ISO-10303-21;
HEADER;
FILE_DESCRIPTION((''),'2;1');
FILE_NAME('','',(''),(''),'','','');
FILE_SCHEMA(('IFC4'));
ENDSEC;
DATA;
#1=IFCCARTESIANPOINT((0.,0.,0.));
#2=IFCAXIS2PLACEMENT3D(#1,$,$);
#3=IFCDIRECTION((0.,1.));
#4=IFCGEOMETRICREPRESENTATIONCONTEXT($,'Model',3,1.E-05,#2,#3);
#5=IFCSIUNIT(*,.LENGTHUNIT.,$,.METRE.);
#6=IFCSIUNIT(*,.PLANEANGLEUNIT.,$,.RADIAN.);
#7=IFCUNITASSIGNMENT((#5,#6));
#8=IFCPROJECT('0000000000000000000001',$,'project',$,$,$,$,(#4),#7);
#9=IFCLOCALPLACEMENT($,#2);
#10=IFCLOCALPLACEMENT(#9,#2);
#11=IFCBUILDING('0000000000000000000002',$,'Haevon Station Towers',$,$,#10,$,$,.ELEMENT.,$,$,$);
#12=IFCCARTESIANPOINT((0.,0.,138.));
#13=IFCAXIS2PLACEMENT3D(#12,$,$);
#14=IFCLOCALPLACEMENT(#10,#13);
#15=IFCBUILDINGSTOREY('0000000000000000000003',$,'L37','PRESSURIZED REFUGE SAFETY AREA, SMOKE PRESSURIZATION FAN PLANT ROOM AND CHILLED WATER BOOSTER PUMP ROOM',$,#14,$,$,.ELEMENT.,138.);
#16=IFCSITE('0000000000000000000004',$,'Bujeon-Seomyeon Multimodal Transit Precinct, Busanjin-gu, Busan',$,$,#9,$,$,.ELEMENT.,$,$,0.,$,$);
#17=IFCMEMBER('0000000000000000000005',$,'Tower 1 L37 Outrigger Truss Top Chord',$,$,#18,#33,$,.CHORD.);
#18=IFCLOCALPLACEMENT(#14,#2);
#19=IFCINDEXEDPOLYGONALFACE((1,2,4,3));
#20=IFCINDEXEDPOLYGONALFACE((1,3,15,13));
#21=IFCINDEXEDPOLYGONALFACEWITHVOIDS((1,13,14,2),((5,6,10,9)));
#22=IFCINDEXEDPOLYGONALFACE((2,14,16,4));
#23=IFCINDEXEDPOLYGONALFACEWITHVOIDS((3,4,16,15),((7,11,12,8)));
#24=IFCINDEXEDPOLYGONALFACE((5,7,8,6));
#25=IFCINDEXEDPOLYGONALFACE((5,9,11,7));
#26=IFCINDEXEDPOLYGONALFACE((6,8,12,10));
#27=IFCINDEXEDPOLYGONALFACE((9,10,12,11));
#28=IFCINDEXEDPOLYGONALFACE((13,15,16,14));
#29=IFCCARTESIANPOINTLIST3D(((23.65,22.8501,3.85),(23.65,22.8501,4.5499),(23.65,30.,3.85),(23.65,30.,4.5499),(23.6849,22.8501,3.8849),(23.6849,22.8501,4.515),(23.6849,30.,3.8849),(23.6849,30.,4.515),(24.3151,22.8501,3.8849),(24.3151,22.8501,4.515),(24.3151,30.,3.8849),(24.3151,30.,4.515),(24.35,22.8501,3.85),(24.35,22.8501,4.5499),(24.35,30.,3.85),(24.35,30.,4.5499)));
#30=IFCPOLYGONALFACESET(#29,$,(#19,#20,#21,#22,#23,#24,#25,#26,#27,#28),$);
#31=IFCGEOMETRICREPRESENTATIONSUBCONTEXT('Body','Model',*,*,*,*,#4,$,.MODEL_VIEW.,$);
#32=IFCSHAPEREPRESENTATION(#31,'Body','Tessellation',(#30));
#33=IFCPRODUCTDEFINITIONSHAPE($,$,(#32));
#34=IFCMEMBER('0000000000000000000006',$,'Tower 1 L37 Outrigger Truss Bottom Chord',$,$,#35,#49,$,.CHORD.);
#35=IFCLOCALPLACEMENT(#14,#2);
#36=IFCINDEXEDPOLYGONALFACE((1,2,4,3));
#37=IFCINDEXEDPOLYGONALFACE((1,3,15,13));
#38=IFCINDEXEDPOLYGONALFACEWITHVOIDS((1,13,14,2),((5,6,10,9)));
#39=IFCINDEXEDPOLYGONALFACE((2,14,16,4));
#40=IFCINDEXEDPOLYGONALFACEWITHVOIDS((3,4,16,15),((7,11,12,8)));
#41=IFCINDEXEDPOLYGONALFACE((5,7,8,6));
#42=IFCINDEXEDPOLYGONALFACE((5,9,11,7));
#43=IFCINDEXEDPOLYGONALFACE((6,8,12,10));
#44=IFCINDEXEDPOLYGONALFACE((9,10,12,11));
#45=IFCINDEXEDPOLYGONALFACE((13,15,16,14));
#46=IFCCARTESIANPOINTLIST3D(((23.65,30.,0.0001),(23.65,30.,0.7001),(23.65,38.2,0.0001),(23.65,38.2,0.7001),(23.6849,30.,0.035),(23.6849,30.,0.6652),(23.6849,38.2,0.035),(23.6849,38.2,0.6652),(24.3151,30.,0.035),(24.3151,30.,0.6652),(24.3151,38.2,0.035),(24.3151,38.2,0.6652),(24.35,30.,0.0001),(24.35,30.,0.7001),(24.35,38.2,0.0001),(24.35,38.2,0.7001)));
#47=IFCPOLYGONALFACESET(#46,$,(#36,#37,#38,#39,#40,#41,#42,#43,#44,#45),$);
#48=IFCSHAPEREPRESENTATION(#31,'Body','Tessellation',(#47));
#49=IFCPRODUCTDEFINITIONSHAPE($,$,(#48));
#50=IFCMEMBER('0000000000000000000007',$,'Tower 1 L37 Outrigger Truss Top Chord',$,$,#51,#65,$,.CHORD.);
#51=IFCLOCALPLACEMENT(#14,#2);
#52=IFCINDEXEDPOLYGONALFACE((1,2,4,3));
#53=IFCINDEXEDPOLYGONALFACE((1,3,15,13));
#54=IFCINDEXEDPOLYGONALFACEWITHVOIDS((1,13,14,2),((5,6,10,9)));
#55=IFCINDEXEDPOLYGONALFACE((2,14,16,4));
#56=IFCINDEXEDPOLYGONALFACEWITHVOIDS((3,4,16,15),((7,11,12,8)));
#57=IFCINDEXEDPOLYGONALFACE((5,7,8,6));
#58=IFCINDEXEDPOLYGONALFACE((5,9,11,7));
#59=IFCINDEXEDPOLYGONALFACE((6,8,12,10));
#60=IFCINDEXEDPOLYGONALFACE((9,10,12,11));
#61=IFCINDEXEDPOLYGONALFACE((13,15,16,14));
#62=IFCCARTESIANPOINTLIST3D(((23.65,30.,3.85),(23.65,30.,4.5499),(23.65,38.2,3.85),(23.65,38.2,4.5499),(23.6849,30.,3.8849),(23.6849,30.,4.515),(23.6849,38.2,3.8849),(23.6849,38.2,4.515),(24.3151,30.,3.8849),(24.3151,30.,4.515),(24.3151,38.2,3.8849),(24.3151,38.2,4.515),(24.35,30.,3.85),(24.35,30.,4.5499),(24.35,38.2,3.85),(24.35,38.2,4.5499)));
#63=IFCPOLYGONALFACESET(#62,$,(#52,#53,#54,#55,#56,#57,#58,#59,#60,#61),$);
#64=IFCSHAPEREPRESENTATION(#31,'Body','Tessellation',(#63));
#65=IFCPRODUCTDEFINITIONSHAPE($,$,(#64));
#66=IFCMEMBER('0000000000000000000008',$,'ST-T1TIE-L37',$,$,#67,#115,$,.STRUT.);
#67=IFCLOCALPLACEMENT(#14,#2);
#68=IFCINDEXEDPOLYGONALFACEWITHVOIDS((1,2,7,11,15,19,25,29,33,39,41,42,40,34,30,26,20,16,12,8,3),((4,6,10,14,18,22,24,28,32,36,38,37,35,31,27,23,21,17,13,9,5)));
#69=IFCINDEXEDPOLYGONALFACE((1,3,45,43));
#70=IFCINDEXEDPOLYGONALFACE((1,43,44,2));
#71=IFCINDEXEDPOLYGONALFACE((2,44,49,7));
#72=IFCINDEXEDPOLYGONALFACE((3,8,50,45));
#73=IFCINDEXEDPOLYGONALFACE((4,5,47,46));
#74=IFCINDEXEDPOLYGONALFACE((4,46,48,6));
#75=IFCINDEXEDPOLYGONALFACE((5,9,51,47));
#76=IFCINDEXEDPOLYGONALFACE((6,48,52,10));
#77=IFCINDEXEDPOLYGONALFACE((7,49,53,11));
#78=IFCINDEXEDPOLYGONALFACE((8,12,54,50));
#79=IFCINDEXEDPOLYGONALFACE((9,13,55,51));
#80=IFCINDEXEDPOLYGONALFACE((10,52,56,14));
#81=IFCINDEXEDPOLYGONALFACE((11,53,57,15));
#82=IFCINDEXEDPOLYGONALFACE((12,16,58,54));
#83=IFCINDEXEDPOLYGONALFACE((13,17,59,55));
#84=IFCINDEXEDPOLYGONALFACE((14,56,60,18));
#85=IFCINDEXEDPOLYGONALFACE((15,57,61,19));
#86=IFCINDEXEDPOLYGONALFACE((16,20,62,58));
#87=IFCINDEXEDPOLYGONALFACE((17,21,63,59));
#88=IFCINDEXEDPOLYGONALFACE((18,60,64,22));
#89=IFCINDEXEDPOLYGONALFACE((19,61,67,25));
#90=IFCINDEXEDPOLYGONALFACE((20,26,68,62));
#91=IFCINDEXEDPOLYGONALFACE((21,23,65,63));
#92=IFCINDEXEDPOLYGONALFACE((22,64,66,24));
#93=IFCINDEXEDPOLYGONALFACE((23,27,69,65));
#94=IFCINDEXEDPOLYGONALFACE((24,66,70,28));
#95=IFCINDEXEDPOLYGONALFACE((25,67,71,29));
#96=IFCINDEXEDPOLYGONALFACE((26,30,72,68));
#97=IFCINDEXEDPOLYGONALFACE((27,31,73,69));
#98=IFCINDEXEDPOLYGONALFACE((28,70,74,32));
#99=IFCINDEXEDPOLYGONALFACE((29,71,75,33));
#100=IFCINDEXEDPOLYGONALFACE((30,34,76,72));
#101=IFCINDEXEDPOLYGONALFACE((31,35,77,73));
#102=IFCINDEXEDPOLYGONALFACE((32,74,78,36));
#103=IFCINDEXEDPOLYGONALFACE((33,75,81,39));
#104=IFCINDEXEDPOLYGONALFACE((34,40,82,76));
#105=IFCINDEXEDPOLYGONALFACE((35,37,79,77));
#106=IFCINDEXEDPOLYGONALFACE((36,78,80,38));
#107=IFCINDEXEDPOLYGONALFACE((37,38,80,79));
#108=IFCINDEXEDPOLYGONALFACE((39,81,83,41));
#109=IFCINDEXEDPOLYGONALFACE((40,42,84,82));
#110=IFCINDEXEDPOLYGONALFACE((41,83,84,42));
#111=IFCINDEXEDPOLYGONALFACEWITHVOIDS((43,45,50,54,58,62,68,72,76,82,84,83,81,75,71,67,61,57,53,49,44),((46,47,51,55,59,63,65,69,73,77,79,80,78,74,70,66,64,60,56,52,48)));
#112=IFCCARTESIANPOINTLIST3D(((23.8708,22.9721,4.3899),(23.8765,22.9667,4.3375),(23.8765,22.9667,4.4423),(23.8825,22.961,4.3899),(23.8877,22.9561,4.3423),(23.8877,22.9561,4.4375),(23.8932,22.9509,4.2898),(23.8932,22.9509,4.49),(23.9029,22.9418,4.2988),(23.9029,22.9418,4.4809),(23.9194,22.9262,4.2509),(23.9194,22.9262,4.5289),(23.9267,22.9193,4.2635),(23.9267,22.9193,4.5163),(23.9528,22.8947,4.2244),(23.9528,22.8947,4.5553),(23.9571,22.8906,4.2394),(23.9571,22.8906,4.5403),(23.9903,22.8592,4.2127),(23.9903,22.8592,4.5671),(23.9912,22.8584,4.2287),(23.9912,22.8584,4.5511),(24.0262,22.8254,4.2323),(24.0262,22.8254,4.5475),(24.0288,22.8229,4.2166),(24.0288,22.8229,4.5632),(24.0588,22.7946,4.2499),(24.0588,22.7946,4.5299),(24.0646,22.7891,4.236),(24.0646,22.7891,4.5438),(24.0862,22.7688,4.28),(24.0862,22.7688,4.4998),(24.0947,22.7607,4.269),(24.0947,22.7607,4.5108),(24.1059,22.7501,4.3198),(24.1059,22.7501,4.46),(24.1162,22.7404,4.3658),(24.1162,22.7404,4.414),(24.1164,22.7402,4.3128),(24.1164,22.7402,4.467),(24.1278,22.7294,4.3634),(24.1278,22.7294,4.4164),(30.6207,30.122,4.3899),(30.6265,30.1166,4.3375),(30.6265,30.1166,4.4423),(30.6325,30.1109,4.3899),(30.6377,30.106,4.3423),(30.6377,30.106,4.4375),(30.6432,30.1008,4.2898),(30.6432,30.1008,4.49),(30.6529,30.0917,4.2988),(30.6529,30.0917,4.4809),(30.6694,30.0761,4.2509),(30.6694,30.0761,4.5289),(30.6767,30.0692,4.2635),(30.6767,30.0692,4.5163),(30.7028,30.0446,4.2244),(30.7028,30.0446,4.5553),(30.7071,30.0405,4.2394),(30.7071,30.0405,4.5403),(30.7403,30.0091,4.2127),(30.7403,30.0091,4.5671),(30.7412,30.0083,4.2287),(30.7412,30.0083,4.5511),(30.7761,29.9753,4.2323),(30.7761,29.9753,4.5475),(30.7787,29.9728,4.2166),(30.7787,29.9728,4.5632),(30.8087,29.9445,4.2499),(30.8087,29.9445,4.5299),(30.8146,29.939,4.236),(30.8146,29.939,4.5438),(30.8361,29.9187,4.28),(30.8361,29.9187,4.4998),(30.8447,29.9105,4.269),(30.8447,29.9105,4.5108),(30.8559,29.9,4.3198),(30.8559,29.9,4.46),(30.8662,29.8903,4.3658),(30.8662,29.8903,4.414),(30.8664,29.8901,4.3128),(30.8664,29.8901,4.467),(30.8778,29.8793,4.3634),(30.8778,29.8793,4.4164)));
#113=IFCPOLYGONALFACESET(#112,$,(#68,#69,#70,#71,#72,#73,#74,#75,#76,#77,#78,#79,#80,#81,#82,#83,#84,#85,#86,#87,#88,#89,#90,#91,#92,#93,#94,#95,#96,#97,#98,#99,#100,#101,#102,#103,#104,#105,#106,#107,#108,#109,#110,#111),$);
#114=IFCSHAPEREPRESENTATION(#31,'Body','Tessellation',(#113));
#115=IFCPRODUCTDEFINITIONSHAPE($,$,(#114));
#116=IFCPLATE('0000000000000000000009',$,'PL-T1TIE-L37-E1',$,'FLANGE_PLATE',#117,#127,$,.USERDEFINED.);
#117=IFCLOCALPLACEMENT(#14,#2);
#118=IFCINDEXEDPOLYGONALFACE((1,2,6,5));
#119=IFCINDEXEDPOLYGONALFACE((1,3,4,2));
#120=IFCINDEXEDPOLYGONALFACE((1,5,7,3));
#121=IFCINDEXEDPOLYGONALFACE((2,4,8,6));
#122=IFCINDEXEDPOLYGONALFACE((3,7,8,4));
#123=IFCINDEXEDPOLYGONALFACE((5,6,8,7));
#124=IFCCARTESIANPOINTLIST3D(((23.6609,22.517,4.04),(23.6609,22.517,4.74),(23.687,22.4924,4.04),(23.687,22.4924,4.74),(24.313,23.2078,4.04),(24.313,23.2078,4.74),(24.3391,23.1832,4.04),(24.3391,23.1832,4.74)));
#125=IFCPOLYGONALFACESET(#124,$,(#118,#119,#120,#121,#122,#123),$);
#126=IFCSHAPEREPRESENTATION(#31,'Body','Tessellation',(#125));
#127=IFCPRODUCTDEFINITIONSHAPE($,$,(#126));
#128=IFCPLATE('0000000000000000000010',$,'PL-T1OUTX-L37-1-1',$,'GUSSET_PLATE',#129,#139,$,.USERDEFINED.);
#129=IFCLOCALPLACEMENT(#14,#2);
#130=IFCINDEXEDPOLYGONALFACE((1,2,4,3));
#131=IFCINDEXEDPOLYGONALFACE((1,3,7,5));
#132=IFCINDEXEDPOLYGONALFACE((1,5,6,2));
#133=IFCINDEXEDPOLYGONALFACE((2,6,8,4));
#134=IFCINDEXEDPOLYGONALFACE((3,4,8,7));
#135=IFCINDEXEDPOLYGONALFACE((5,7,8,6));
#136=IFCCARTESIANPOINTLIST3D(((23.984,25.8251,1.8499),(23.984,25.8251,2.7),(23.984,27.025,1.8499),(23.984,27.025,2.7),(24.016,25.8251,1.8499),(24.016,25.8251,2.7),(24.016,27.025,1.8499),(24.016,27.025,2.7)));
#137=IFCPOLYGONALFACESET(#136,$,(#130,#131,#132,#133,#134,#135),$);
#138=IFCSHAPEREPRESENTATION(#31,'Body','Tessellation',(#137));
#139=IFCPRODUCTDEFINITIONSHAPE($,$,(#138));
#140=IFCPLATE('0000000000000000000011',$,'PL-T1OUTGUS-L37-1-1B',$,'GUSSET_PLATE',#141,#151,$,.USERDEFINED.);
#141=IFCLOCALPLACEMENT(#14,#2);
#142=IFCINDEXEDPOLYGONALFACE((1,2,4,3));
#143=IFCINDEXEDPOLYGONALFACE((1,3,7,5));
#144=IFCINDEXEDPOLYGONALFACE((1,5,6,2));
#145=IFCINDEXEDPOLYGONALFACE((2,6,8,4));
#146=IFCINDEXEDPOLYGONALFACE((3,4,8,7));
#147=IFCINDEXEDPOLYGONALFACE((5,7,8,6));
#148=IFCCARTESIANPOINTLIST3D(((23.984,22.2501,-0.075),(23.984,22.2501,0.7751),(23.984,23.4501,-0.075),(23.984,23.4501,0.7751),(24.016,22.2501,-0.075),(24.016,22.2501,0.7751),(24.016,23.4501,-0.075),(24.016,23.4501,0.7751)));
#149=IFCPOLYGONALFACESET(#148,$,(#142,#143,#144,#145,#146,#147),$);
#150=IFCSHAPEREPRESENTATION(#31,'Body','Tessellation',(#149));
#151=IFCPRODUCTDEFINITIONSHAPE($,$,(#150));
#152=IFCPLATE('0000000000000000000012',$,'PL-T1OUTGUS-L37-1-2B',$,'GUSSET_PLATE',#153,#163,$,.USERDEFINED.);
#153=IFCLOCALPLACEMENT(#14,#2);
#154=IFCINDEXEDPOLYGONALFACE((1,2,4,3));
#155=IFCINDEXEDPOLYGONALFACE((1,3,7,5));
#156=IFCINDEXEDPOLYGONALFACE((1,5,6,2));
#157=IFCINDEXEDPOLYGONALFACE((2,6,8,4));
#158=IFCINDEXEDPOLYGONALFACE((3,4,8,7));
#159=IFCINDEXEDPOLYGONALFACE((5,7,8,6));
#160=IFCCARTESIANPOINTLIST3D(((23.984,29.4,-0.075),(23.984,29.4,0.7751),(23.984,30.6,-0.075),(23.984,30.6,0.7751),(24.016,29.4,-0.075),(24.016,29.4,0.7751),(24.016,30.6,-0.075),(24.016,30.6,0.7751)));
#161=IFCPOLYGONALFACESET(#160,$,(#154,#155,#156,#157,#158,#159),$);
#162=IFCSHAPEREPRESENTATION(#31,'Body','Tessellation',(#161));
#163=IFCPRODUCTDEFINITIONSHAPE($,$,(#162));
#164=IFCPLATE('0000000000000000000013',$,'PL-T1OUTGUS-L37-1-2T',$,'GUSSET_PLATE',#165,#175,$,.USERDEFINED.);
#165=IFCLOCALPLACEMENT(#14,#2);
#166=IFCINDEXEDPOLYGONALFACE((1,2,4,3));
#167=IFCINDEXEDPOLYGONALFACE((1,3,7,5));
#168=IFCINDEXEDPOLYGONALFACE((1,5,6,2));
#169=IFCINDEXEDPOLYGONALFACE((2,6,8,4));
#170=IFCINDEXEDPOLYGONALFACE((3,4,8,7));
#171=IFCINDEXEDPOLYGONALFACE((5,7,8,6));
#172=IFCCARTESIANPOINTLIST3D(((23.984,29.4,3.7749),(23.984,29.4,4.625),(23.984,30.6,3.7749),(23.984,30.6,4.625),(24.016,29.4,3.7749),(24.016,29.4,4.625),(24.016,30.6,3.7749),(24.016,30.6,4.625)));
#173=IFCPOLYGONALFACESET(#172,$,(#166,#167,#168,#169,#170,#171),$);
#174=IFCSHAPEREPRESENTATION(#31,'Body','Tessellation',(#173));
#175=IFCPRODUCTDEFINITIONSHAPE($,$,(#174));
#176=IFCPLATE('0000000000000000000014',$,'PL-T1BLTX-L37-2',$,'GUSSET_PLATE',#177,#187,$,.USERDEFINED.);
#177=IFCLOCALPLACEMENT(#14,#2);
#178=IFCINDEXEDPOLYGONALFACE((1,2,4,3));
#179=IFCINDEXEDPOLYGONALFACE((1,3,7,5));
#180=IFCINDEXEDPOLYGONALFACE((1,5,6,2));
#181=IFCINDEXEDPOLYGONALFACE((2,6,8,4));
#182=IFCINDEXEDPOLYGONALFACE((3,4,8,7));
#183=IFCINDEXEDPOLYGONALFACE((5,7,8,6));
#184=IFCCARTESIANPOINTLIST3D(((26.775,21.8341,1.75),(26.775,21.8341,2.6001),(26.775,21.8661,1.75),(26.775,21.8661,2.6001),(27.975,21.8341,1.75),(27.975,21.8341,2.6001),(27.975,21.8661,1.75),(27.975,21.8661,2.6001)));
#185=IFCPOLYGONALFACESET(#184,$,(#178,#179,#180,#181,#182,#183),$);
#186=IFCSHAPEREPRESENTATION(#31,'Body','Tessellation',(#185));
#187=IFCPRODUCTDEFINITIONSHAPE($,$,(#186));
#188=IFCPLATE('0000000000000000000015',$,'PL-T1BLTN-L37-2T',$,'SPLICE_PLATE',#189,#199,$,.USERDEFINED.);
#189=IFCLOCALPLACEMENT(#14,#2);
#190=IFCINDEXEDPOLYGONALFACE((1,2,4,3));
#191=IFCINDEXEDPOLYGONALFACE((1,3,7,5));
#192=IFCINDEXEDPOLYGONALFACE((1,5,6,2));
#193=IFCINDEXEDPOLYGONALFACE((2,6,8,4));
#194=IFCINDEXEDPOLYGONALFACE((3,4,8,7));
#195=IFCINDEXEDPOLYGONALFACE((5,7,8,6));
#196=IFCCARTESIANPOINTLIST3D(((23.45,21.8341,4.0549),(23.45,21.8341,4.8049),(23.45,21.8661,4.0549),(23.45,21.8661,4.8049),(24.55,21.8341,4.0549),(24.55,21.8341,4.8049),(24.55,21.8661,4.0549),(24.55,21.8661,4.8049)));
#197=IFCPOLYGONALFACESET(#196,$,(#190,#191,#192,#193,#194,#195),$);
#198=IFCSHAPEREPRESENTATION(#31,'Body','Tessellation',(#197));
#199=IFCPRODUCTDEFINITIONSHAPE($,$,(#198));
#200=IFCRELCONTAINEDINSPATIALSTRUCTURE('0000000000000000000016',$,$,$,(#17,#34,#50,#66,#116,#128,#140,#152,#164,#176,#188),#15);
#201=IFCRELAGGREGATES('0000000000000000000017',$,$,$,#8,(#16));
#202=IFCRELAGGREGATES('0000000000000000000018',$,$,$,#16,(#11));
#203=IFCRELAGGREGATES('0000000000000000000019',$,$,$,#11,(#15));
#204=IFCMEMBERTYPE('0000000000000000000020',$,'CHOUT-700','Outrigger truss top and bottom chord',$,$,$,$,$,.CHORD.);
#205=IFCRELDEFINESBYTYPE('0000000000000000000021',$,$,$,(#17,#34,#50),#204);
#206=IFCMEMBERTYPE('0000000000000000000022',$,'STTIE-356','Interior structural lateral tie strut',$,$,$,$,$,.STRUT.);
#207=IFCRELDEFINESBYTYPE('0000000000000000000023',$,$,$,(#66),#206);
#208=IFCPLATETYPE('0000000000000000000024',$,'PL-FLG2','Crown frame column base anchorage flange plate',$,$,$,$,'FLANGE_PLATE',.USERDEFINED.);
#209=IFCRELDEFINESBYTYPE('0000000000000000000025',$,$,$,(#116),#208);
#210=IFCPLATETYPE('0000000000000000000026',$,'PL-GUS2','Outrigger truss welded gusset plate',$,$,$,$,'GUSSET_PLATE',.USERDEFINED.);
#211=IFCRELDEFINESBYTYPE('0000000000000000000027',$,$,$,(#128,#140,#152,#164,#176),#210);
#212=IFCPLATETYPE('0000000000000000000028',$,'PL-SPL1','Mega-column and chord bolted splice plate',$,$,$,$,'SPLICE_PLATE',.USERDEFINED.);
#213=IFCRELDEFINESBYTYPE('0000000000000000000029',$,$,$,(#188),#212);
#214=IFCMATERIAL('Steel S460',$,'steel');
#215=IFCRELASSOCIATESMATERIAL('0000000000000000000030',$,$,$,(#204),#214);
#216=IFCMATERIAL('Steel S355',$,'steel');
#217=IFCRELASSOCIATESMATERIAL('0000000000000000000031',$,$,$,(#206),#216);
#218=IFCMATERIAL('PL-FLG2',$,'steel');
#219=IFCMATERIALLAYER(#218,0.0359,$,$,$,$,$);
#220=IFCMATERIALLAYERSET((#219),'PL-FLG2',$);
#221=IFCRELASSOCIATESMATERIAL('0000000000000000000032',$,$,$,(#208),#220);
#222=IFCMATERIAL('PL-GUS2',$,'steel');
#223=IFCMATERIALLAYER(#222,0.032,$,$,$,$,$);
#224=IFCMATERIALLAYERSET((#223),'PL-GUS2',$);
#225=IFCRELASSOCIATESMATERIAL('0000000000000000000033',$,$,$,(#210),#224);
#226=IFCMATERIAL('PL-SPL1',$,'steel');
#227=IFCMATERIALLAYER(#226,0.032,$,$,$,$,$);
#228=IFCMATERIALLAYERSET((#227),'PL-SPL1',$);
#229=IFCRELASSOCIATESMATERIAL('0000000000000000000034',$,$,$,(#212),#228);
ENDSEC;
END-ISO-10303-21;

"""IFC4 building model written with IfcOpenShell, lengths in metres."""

from ifc_helpers import new_model, si_unit, direction, frame, origin, origin_2d, place, context, subcontext, project, spatial, rectangle, hollow_rectangle, hollow_circle, extrude, material, layer, layer_set, material_profile, profile_set, type_object, element, save


model = new_model("IFC4")

# Units and contexts
model_context = context("Model", 3, precision=1e-05, world=origin(), true_north=direction((0.0, 1.0)))
body_context = subcontext(model_context, "Body", "Model", "MODEL_VIEW")
ifc_project = project(units=[si_unit("LENGTHUNIT", "METRE"), si_unit("PLANEANGLEUNIT", "RADIAN")], contexts=[model_context])

# Site, building, storey
site_placement = place(None, origin())
site = spatial("IfcSite", under=ifc_project, at=site_placement, Name="Bujeon-Seomyeon Multimodal Transit Precinct, Busanjin-gu, Busan", CompositionType="ELEMENT", RefElevation=0.0)
building_placement = place(site_placement, origin())
building = spatial("IfcBuilding", under=site, at=building_placement, Name="Haevon Station Towers", CompositionType="ELEMENT")
storey_placement = place(building_placement, frame((0.0, 0.0, 138.0)))
storey = spatial("IfcBuildingStorey", under=building, at=storey_placement, Name="L37", Description="PRESSURIZED REFUGE SAFETY AREA, SMOKE PRESSURIZATION FAN PLANT ROOM AND CHILLED WATER BOOSTER PUMP ROOM", CompositionType="ELEMENT", Elevation=138.0)

# Shared definitions
ifc_material_1 = material(Name="Steel S460", Category="steel")

# Shared definitions
ifc_material_2 = material(Name="Steel S355", Category="steel")

# Members
ifc_material_profile_1 = material_profile(ifc_material_1, hollow_rectangle(XDim=0.7, YDim=0.7, WallThickness=0.0349, at=origin_2d()), Name="RHS-700x700x35")
ifc_profile_set_1 = profile_set([ifc_material_profile_1], Name="Steel S460")
member_type_1 = type_object("IfcMemberType", Name="CHOUT-700", Description="Outrigger truss top and bottom chord", PredefinedType="CHORD", material=ifc_profile_set_1)
for number, where, z_axis, x_axis, name in (
    (1, (24.0, 22.8501, 4.2), (0.0, 1.0, 0.0), (-1.0, 0.0, 0.0), "Tower 1 L37 Outrigger Truss Top Chord"),
):
    element("IfcMember", number, at=place(storey_placement, frame(where, z_axis=z_axis, x_axis=x_axis)), inside=storey, type_object=member_type_1, Name=name, PredefinedType="CHORD", context=body_context, shape_type="SweptSolid", body=[
        extrude(hollow_rectangle(XDim=0.7, YDim=0.7, WallThickness=0.0349, at=origin_2d()), origin(), (0.0, 0.0, 1.0), 7.1499),
    ])
for number, where, z_axis, x_axis, name in (
    (2, (24.0, 30.0, 0.3501), (0.0, 1.0, 0.0), (-1.0, 0.0, 0.0), "Tower 1 L37 Outrigger Truss Bottom Chord"),
    (3, (24.0, 30.0, 4.2), (0.0, 1.0, 0.0), (-1.0, 0.0, 0.0), "Tower 1 L37 Outrigger Truss Top Chord"),
):
    element("IfcMember", number, at=place(storey_placement, frame(where, z_axis=z_axis, x_axis=x_axis)), inside=storey, type_object=member_type_1, Name=name, PredefinedType="CHORD", context=body_context, shape_type="SweptSolid", body=[
        extrude(hollow_rectangle(XDim=0.7, YDim=0.7, WallThickness=0.0349, at=origin_2d()), origin(), (0.0, 0.0, 1.0), 8.2),
    ])
ifc_material_profile_2 = material_profile(ifc_material_2, hollow_circle(Radius=0.1777, WallThickness=0.0161, at=origin_2d()), Name="CHS-355.6x16")
ifc_profile_set_2 = profile_set([ifc_material_profile_2], Name="Steel S355")
member_type_2 = type_object("IfcMemberType", Name="STTIE-356", Description="Interior structural lateral tie strut", PredefinedType="STRUT", material=ifc_profile_set_2)
member_1_placement = place(storey_placement, frame((24.0, 22.8501, 4.3899), z_axis=(0.686479, 0.727149, 0.0), x_axis=(-0.727149, 0.686479, 0.0)))
element("IfcMember", 4, at=member_1_placement, inside=storey, type_object=member_type_2, Name="ST-T1TIE-L37", PredefinedType="STRUT", context=body_context, shape_type="SweptSolid", body=[
    extrude(hollow_circle(Radius=0.1777, WallThickness=0.0161, at=origin_2d()), origin(), (0.0, 0.0, 1.0), 9.8328),
])

# Plates
ifc_material_3 = material(Name="PL-FLG2", Category="steel")
ifc_layer_1 = layer(ifc_material_3, 0.0359)
ifc_layer_set_1 = layer_set([ifc_layer_1], Name="PL-FLG2")
plate_type_1 = type_object("IfcPlateType", Name="PL-FLG2", Description="Crown frame column base anchorage flange plate", ElementType="FLANGE_PLATE", PredefinedType="USERDEFINED", material=ifc_layer_set_1)
plate_1_placement = place(storey_placement, frame((24.0, 22.8501, 4.04), z_axis=(0.0, 0.0, 1.0), x_axis=(0.686475, 0.727154, 0.0)))
element("IfcPlate", 5, at=plate_1_placement, inside=storey, type_object=plate_type_1, Name="PL-T1TIE-L37-E1", ObjectType="FLANGE_PLATE", PredefinedType="USERDEFINED", context=body_context, shape_type="SweptSolid", body=[
    extrude(rectangle(XDim=0.95, YDim=0.0359, at=origin_2d()), origin(), (0.0, 0.0, 1.0), 0.7),
])
ifc_material_4 = material(Name="PL-GUS2", Category="steel")
ifc_layer_2 = layer(ifc_material_4, 0.032)
ifc_layer_set_2 = layer_set([ifc_layer_2], Name="PL-GUS2")
plate_type_2 = type_object("IfcPlateType", Name="PL-GUS2", Description="Outrigger truss welded gusset plate", ElementType="GUSSET_PLATE", PredefinedType="USERDEFINED", material=ifc_layer_set_2)
for number, where, z_axis, x_axis, name in (
    (6, (24.0, 26.425, 1.8499), (0.0, 0.0, 1.0), (0.0, 1.0, 0.0), "PL-T1OUTX-L37-1-1"),
    (7, (24.0, 22.8501, -0.075), (0.0, 0.0, 1.0), (0.0, 1.0, 0.0), "PL-T1OUTGUS-L37-1-1B"),
    (8, (24.0, 30.0, -0.075), (0.0, 0.0, 1.0), (0.0, 1.0, 0.0), "PL-T1OUTGUS-L37-1-2B"),
    (9, (24.0, 30.0, 3.7749), (0.0, 0.0, 1.0), (0.0, 1.0, 0.0), "PL-T1OUTGUS-L37-1-2T"),
    (10, (27.375, 21.8501, 1.75), (0.0, 0.0, 1.0), (1.0, 0.0, 0.0), "PL-T1BLTX-L37-2"),
):
    element("IfcPlate", number, at=place(storey_placement, frame(where, z_axis=z_axis, x_axis=x_axis)), inside=storey, type_object=plate_type_2, Name=name, ObjectType="GUSSET_PLATE", PredefinedType="USERDEFINED", context=body_context, shape_type="SweptSolid", body=[
        extrude(rectangle(XDim=1.2, YDim=0.032, at=origin_2d()), origin(), (0.0, 0.0, 1.0), 0.8501),
    ])
ifc_material_5 = material(Name="PL-SPL1", Category="steel")
ifc_layer_3 = layer(ifc_material_5, 0.032)
ifc_layer_set_3 = layer_set([ifc_layer_3], Name="PL-SPL1")
plate_type_3 = type_object("IfcPlateType", Name="PL-SPL1", Description="Mega-column and chord bolted splice plate", ElementType="SPLICE_PLATE", PredefinedType="USERDEFINED", material=ifc_layer_set_3)
plate_2_placement = place(storey_placement, frame((24.0, 21.8501, 4.0549), z_axis=(0.0, 0.0, 1.0), x_axis=(1.0, 0.0, 0.0)))
element("IfcPlate", 11, at=plate_2_placement, inside=storey, type_object=plate_type_3, Name="PL-T1BLTN-L37-2T", ObjectType="SPLICE_PLATE", PredefinedType="USERDEFINED", context=body_context, shape_type="SweptSolid", body=[
    extrude(rectangle(XDim=1.1001, YDim=0.032, at=origin_2d()), origin(), (0.0, 0.0, 1.0), 0.75),
])

save(model, "model.ifc")
